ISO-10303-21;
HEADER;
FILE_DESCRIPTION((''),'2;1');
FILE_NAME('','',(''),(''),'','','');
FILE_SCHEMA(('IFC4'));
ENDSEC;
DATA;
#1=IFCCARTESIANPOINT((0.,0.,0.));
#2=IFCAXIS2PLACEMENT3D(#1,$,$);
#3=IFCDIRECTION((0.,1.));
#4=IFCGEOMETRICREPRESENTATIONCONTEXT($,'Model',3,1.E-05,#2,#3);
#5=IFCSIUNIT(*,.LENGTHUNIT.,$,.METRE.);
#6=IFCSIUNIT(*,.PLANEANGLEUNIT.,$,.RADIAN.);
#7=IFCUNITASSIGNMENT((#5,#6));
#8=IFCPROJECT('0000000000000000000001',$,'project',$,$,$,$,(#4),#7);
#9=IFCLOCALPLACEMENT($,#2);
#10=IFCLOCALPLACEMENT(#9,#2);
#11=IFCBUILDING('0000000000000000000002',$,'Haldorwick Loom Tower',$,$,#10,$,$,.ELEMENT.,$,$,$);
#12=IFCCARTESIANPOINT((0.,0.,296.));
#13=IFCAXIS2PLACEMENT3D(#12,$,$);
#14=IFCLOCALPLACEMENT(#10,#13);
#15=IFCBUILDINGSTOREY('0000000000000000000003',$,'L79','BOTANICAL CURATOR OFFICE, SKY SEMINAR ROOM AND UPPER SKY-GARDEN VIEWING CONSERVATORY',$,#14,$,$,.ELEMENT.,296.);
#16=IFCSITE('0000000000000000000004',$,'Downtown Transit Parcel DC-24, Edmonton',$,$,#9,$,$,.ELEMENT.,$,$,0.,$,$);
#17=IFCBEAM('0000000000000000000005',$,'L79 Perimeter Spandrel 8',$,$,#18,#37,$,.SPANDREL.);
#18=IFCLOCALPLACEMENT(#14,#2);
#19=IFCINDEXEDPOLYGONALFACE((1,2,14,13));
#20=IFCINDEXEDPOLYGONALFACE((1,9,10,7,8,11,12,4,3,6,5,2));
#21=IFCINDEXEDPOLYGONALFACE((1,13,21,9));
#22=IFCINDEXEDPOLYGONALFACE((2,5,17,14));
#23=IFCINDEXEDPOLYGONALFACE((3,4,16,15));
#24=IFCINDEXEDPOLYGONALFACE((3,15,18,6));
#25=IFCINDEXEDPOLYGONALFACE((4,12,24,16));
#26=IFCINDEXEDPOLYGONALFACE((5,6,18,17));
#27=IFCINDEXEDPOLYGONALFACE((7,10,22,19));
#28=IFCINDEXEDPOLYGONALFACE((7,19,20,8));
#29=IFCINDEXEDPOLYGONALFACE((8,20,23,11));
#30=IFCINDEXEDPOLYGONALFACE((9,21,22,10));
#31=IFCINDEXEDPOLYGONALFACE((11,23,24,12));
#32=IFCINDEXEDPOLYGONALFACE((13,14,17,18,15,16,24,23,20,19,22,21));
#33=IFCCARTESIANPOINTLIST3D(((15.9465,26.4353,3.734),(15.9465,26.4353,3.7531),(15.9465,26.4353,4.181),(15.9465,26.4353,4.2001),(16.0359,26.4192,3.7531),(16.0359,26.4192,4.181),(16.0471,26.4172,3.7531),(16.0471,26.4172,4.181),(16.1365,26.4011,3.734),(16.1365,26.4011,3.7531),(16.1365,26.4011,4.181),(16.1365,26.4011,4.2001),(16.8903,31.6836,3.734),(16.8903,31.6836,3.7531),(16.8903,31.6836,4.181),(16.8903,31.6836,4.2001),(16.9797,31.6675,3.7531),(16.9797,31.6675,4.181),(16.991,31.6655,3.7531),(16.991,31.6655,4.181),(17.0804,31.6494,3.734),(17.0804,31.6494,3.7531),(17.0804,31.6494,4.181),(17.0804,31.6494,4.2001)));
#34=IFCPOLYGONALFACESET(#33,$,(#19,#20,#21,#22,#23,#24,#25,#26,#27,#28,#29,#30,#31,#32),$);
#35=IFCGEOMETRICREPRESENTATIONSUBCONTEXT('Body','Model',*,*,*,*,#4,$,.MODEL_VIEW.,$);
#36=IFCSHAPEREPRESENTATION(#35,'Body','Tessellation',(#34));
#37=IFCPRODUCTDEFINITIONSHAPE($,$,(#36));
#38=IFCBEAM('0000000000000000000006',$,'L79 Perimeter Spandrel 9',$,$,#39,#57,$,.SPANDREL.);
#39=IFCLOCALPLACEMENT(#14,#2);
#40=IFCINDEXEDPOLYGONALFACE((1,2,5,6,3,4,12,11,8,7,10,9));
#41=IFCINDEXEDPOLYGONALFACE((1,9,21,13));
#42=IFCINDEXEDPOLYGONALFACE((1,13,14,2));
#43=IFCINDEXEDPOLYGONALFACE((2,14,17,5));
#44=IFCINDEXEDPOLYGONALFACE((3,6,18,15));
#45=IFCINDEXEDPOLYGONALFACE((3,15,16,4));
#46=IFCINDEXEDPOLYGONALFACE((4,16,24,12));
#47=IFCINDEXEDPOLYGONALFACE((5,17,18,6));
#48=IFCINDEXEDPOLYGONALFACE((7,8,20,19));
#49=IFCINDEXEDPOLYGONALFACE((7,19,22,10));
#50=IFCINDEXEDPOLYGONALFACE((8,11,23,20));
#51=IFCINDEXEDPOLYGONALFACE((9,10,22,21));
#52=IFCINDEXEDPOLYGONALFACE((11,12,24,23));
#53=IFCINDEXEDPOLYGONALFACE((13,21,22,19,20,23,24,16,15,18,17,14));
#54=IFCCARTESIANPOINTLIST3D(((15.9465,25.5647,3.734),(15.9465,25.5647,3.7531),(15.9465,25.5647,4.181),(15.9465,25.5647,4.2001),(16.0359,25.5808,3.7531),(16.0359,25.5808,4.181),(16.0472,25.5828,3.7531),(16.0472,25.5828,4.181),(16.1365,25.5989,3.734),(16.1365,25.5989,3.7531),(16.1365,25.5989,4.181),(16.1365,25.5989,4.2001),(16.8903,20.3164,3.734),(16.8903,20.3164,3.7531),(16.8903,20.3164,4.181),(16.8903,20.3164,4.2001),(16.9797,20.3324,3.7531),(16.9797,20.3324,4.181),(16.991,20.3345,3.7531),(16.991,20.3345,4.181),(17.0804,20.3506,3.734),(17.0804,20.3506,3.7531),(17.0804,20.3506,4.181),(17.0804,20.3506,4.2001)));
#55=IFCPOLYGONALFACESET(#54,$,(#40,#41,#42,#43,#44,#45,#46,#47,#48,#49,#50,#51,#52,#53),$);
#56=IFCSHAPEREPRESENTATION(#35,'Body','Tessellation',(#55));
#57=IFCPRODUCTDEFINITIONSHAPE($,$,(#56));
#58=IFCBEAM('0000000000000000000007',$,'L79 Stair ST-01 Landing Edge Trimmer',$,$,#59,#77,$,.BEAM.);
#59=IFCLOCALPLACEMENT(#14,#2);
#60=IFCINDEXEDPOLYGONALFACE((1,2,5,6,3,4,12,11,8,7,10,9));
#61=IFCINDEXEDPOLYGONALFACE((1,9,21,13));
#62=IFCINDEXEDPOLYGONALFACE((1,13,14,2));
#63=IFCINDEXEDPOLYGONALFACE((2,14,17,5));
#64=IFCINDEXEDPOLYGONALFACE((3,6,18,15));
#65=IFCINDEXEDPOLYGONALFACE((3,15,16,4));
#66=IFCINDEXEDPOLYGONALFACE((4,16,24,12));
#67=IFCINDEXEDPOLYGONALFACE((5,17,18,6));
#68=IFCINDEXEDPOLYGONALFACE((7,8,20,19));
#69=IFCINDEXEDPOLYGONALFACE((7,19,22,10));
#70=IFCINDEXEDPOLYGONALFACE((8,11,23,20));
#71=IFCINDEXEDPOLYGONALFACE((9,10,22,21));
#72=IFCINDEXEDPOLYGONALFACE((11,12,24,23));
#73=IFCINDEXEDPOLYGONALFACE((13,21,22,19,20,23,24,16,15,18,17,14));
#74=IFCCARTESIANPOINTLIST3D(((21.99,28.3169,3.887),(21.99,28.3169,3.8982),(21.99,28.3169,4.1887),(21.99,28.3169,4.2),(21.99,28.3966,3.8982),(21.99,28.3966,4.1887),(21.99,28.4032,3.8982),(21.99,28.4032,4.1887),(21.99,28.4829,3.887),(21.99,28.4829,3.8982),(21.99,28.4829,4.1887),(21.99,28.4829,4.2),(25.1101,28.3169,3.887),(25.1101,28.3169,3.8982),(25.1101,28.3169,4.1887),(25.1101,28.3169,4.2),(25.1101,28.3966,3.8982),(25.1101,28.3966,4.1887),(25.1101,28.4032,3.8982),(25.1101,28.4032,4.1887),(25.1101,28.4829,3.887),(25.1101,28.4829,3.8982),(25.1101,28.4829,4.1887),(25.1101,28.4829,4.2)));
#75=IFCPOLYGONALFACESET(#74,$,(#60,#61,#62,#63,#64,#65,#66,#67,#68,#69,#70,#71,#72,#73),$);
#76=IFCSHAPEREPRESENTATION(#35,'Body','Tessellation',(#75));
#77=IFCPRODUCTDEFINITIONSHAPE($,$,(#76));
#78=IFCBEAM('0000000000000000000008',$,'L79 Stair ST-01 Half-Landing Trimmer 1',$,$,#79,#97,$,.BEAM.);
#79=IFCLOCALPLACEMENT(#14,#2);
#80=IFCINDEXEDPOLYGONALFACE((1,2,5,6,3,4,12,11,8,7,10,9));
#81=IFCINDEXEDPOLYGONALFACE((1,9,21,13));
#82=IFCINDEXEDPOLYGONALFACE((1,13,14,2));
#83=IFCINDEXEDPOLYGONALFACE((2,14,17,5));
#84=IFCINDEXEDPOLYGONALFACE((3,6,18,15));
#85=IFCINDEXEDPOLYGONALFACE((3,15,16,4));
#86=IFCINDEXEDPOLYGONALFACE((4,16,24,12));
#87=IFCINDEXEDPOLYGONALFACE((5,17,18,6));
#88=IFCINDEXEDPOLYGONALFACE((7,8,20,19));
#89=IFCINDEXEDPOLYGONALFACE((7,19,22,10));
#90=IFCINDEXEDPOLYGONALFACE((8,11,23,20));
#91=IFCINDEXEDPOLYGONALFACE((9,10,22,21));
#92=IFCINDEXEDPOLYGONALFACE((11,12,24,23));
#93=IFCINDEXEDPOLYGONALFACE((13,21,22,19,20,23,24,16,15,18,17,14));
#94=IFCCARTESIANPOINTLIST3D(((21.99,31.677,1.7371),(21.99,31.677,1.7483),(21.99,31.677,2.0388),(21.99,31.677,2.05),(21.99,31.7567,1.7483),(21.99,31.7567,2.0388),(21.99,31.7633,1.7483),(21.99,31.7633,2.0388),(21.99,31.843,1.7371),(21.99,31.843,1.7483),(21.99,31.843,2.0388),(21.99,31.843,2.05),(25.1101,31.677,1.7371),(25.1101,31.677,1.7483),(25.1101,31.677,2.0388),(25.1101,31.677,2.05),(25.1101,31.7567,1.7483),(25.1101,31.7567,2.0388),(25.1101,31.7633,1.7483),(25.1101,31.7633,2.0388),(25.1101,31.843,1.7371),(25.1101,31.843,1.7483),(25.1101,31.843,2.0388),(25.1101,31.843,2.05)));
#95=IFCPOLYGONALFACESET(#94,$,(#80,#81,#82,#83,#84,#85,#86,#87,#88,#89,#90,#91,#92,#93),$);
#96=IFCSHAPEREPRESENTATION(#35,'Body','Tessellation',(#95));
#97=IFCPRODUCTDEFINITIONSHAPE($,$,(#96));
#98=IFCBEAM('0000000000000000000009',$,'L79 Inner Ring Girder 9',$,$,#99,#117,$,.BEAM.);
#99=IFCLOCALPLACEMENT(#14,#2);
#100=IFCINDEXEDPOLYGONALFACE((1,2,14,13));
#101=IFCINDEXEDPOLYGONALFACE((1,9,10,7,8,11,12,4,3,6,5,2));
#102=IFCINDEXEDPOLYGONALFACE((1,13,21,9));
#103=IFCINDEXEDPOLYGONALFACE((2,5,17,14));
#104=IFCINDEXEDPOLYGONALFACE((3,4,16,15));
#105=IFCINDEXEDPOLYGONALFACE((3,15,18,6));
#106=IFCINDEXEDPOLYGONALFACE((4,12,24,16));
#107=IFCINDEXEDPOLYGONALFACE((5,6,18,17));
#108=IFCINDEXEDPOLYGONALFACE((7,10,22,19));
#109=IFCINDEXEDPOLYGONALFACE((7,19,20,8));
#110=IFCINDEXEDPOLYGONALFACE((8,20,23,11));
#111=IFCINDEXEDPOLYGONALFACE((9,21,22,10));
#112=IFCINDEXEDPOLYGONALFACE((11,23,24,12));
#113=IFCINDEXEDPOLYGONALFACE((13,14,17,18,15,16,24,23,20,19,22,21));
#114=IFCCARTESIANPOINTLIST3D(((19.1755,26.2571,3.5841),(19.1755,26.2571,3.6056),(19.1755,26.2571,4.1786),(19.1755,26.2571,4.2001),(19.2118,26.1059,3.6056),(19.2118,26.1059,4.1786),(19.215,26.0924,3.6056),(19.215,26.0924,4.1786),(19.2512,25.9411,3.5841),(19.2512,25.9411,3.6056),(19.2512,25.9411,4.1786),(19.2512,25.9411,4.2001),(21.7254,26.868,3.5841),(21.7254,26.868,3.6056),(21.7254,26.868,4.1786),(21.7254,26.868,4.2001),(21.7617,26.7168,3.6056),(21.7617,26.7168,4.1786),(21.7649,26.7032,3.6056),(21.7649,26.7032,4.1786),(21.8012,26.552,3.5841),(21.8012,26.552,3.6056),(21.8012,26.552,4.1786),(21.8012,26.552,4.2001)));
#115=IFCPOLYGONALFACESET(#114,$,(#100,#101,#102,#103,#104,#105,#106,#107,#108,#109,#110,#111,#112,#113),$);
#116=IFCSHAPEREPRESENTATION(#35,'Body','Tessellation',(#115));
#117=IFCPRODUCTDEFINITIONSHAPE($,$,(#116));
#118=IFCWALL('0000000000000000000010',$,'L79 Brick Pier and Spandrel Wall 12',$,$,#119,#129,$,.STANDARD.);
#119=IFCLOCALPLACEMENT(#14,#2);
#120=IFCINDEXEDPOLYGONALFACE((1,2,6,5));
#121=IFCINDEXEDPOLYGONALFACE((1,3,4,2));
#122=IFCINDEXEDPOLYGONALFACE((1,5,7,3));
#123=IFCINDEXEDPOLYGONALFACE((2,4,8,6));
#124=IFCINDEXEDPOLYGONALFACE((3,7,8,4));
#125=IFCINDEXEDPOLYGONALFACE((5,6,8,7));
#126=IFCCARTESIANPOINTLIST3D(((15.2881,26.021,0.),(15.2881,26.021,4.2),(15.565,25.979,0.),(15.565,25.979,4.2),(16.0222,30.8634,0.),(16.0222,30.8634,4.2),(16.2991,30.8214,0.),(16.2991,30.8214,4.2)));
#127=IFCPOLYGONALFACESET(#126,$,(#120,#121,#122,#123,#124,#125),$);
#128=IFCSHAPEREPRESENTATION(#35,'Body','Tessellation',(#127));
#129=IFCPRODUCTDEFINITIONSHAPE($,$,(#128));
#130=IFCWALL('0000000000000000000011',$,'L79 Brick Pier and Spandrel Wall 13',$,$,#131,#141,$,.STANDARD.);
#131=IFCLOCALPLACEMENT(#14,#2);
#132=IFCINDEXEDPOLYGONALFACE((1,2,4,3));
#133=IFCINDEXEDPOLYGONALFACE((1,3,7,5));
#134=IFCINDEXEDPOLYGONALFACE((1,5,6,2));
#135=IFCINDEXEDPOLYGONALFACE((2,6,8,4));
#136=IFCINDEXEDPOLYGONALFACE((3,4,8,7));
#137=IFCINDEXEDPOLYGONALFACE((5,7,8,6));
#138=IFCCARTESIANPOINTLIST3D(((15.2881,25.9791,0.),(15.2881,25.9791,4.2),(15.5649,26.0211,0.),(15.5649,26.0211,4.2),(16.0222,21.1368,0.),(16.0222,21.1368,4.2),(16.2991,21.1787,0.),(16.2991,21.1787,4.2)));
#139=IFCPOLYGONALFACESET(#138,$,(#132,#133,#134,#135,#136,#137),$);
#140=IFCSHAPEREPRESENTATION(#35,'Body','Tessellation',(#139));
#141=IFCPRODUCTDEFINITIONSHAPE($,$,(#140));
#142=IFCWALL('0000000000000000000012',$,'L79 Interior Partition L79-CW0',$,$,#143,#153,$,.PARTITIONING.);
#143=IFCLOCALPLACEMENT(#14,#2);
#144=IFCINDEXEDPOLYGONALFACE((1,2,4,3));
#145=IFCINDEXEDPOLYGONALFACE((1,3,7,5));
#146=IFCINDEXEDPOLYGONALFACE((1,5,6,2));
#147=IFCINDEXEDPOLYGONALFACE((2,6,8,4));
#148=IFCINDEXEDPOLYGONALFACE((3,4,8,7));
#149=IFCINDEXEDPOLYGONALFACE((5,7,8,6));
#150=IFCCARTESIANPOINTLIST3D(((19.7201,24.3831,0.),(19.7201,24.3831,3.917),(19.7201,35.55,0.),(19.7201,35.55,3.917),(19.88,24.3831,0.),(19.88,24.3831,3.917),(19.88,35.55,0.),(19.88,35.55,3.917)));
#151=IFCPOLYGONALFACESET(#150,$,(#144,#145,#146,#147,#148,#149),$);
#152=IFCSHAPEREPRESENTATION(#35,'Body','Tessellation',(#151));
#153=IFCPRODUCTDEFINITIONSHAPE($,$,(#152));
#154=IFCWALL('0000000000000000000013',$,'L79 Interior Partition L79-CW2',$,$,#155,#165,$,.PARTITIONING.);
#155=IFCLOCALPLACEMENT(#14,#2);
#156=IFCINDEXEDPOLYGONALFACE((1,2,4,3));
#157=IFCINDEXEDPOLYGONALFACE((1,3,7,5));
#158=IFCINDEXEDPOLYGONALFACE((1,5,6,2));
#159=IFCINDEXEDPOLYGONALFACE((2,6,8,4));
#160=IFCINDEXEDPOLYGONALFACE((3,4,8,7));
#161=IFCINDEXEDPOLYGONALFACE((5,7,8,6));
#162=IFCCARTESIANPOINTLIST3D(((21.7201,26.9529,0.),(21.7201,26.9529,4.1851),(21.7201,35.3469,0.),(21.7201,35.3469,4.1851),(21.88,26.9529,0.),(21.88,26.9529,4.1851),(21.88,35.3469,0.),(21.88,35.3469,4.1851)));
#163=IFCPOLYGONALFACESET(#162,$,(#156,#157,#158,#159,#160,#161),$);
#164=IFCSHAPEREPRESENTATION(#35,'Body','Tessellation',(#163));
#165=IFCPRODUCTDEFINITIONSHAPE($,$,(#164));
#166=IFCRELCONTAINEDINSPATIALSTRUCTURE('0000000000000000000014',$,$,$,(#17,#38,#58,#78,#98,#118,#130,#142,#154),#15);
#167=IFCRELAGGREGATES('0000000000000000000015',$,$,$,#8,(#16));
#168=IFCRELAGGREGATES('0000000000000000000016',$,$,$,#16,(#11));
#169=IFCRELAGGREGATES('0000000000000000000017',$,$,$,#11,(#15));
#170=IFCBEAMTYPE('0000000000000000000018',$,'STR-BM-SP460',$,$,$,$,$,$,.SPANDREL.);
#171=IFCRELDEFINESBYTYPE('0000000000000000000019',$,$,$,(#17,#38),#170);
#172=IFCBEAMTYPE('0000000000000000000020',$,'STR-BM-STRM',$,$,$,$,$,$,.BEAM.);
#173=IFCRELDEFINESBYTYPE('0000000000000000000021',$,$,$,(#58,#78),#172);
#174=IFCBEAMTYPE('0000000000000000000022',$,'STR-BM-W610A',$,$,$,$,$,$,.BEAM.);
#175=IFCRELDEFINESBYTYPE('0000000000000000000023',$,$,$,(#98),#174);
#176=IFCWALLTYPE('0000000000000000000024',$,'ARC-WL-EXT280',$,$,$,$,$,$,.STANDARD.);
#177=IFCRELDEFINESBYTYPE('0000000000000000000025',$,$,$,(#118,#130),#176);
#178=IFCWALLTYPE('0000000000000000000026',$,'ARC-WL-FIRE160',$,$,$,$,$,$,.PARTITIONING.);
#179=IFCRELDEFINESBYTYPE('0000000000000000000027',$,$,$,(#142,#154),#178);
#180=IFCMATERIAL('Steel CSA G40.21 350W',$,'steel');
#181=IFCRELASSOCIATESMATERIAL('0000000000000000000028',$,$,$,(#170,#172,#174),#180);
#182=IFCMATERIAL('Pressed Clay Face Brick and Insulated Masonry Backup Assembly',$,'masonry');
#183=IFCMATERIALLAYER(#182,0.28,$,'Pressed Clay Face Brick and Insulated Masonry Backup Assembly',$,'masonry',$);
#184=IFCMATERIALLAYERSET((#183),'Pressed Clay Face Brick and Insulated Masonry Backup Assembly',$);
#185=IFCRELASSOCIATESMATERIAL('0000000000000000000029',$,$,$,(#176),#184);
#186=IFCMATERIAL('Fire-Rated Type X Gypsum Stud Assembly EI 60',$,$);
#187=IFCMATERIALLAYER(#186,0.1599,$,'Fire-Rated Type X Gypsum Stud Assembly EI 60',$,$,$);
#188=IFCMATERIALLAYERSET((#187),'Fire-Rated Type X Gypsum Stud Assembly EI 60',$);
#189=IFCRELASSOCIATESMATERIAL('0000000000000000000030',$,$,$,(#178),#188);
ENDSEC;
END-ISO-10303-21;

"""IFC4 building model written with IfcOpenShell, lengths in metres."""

from ifc_helpers import new_model, si_unit, direction, frame, frame_2d, origin, origin_2d, place, context, subcontext, project, spatial, rectangle, i_section, extrude, material, layer, layer_set, material_profile, profile_set, type_object, element, save


model = new_model("IFC4")

# Units and contexts
model_context = context("Model", 3, precision=1e-05, world=origin(), true_north=direction((0.0, 1.0)))
body_context = subcontext(model_context, "Body", "Model", "MODEL_VIEW")
ifc_project = project(units=[si_unit("LENGTHUNIT", "METRE"), si_unit("PLANEANGLEUNIT", "RADIAN")], contexts=[model_context])

# Site, building, storey
site_placement = place(None, origin())
site = spatial("IfcSite", under=ifc_project, at=site_placement, Name="Downtown Transit Parcel DC-24, Edmonton", CompositionType="ELEMENT", RefElevation=0.0)
building_placement = place(site_placement, origin())
building = spatial("IfcBuilding", under=site, at=building_placement, Name="Haldorwick Loom Tower", CompositionType="ELEMENT")
storey_placement = place(building_placement, frame((0.0, 0.0, 296.0)))
storey = spatial("IfcBuildingStorey", under=building, at=storey_placement, Name="L79", Description="BOTANICAL CURATOR OFFICE, SKY SEMINAR ROOM AND UPPER SKY-GARDEN VIEWING CONSERVATORY", CompositionType="ELEMENT", Elevation=296.0)

# Shared definitions
ifc_material_1 = material(Name="Steel CSA G40.21 350W", Category="steel")

# Beams
ifc_material_profile_1 = material_profile(ifc_material_1, i_section(OverallWidth=0.1931, OverallDepth=0.4661, WebThickness=0.0115, FlangeThickness=0.019, at=origin_2d()), Name="W460X97", Category="steel")
ifc_profile_set_1 = profile_set([ifc_material_profile_1], Name="Steel CSA G40.21 350W")
beam_type_1 = type_object("IfcBeamType", Name="STR-BM-SP460", PredefinedType="SPANDREL", material=ifc_profile_set_1)
for number, where, z_axis, x_axis, name in (
    (1, (16.9854, 31.6665, 3.967), (-0.177, -0.984211, 0.0), (0.984211, -0.177, 0.0), "L79 Perimeter Spandrel 8"),
    (2, (16.0415, 25.5818, 3.967), (0.177, -0.984211, 0.0), (0.984211, 0.177, 0.0), "L79 Perimeter Spandrel 9"),
):
    element("IfcBeam", number, at=place(storey_placement, frame(where, z_axis=z_axis, x_axis=x_axis)), inside=storey, type_object=beam_type_1, Name=name, PredefinedType="SPANDREL", context=body_context, shape_type="SweptSolid", body=[
        extrude(i_section(OverallWidth=0.1931, OverallDepth=0.4661, WebThickness=0.0115, FlangeThickness=0.019, at=origin_2d()), origin(), (0.0, 0.0, 1.0), 5.3325),
    ])
ifc_material_profile_2 = material_profile(ifc_material_1, i_section(OverallWidth=0.166, OverallDepth=0.313, WebThickness=0.0066, FlangeThickness=0.0112, at=origin_2d()), Name="W310X45", Category="steel")
ifc_profile_set_2 = profile_set([ifc_material_profile_2], Name="Steel CSA G40.21 350W")
beam_type_2 = type_object("IfcBeamType", Name="STR-BM-STRM", PredefinedType="BEAM", material=ifc_profile_set_2)
for number, where, z_axis, x_axis, name in (
    (3, (21.99, 28.3999, 4.0435), (1.0, 0.0, 0.0), (0.0, 1.0, 0.0), "L79 Stair ST-01 Landing Edge Trimmer"),
    (4, (21.99, 31.76, 1.8936), (1.0, 0.0, 0.0), (0.0, 1.0, 0.0), "L79 Stair ST-01 Half-Landing Trimmer 1"),
):
    element("IfcBeam", number, at=place(storey_placement, frame(where, z_axis=z_axis, x_axis=x_axis)), inside=storey, type_object=beam_type_2, Name=name, PredefinedType="BEAM", context=body_context, shape_type="SweptSolid", body=[
        extrude(i_section(OverallWidth=0.166, OverallDepth=0.313, WebThickness=0.0066, FlangeThickness=0.0112, at=origin_2d()), origin(), (0.0, 0.0, 1.0), 3.1201),
    ])
ifc_material_profile_3 = material_profile(ifc_material_1, i_section(OverallWidth=0.325, OverallDepth=0.616, WebThickness=0.0139, FlangeThickness=0.0215, at=origin_2d()), Name="W610X174", Category="steel")
ifc_profile_set_3 = profile_set([ifc_material_profile_3], Name="Steel CSA G40.21 350W")
beam_type_3 = type_object("IfcBeamType", Name="STR-BM-W610A", PredefinedType="BEAM", material=ifc_profile_set_3)
beam_1_placement = place(storey_placement, frame((19.2134, 26.0991, 3.8921), z_axis=(0.972484, 0.232971, 0.0), x_axis=(-0.232971, 0.972484, 0.0)))
element("IfcBeam", 5, at=beam_1_placement, inside=storey, type_object=beam_type_3, Name="L79 Inner Ring Girder 9", PredefinedType="BEAM", context=body_context, shape_type="SweptSolid", body=[
    extrude(i_section(OverallWidth=0.325, OverallDepth=0.616, WebThickness=0.0139, FlangeThickness=0.0215, at=origin_2d()), origin(), (0.0, 0.0, 1.0), 2.6221),
])

# Walls
ifc_material_2 = material(Name="Pressed Clay Face Brick and Insulated Masonry Backup Assembly", Category="masonry")
ifc_layer_1 = layer(ifc_material_2, 0.28, Name="Pressed Clay Face Brick and Insulated Masonry Backup Assembly", Category="masonry")
ifc_layer_set_1 = layer_set([ifc_layer_1], Name="Pressed Clay Face Brick and Insulated Masonry Backup Assembly")
wall_type_1 = type_object("IfcWallType", Name="ARC-WL-EXT280", PredefinedType="STANDARD", material=ifc_layer_set_1)
for number, where, z_axis, x_axis, name in (
    (6, (16.1606, 30.8423, 0.0), (0.0, 0.0, 1.0), (-0.149895, -0.988702, 0.0), "L79 Brick Pier and Spandrel Wall 12"),
    (7, (15.4265, 26.0, 0.0), (0.0, 0.0, 1.0), (0.149895, -0.988702, 0.0), "L79 Brick Pier and Spandrel Wall 13"),
):
    element("IfcWall", number, at=place(storey_placement, frame(where, z_axis=z_axis, x_axis=x_axis)), inside=storey, type_object=wall_type_1, Name=name, PredefinedType="STANDARD", context=body_context, shape_type="SweptSolid", body=[
        extrude(rectangle(XDim=4.8977, YDim=0.28, at=frame_2d((2.4487, 0.0))), origin(), (0.0, 0.0, 1.0), 4.2),
    ])
ifc_material_3 = material(Name="Fire-Rated Type X Gypsum Stud Assembly EI 60")
ifc_layer_2 = layer(ifc_material_3, 0.1599, Name="Fire-Rated Type X Gypsum Stud Assembly EI 60")
ifc_layer_set_2 = layer_set([ifc_layer_2], Name="Fire-Rated Type X Gypsum Stud Assembly EI 60")
wall_type_2 = type_object("IfcWallType", Name="ARC-WL-FIRE160", PredefinedType="PARTITIONING", material=ifc_layer_set_2)
wall_1_placement = place(storey_placement, frame((19.8, 24.3831, 0.0), z_axis=(0.0, 0.0, 1.0), x_axis=(0.0, 1.0, 0.0)))
element("IfcWall", 8, at=wall_1_placement, inside=storey, type_object=wall_type_2, Name="L79 Interior Partition L79-CW0", PredefinedType="PARTITIONING", context=body_context, shape_type="SweptSolid", body=[
    extrude(rectangle(XDim=11.167, YDim=0.1599, at=frame_2d((5.5835, 0.0))), origin(), (0.0, 0.0, 1.0), 3.917),
])
wall_2_placement = place(storey_placement, frame((21.8, 26.9529, 0.0), z_axis=(0.0, 0.0, 1.0), x_axis=(0.0, 1.0, 0.0)))
element("IfcWall", 9, at=wall_2_placement, inside=storey, type_object=wall_type_2, Name="L79 Interior Partition L79-CW2", PredefinedType="PARTITIONING", context=body_context, shape_type="SweptSolid", body=[
    extrude(rectangle(XDim=8.394, YDim=0.1599, at=frame_2d((4.197, 0.0))), origin(), (0.0, 0.0, 1.0), 4.1851),
])

save(model, "model.ifc")
